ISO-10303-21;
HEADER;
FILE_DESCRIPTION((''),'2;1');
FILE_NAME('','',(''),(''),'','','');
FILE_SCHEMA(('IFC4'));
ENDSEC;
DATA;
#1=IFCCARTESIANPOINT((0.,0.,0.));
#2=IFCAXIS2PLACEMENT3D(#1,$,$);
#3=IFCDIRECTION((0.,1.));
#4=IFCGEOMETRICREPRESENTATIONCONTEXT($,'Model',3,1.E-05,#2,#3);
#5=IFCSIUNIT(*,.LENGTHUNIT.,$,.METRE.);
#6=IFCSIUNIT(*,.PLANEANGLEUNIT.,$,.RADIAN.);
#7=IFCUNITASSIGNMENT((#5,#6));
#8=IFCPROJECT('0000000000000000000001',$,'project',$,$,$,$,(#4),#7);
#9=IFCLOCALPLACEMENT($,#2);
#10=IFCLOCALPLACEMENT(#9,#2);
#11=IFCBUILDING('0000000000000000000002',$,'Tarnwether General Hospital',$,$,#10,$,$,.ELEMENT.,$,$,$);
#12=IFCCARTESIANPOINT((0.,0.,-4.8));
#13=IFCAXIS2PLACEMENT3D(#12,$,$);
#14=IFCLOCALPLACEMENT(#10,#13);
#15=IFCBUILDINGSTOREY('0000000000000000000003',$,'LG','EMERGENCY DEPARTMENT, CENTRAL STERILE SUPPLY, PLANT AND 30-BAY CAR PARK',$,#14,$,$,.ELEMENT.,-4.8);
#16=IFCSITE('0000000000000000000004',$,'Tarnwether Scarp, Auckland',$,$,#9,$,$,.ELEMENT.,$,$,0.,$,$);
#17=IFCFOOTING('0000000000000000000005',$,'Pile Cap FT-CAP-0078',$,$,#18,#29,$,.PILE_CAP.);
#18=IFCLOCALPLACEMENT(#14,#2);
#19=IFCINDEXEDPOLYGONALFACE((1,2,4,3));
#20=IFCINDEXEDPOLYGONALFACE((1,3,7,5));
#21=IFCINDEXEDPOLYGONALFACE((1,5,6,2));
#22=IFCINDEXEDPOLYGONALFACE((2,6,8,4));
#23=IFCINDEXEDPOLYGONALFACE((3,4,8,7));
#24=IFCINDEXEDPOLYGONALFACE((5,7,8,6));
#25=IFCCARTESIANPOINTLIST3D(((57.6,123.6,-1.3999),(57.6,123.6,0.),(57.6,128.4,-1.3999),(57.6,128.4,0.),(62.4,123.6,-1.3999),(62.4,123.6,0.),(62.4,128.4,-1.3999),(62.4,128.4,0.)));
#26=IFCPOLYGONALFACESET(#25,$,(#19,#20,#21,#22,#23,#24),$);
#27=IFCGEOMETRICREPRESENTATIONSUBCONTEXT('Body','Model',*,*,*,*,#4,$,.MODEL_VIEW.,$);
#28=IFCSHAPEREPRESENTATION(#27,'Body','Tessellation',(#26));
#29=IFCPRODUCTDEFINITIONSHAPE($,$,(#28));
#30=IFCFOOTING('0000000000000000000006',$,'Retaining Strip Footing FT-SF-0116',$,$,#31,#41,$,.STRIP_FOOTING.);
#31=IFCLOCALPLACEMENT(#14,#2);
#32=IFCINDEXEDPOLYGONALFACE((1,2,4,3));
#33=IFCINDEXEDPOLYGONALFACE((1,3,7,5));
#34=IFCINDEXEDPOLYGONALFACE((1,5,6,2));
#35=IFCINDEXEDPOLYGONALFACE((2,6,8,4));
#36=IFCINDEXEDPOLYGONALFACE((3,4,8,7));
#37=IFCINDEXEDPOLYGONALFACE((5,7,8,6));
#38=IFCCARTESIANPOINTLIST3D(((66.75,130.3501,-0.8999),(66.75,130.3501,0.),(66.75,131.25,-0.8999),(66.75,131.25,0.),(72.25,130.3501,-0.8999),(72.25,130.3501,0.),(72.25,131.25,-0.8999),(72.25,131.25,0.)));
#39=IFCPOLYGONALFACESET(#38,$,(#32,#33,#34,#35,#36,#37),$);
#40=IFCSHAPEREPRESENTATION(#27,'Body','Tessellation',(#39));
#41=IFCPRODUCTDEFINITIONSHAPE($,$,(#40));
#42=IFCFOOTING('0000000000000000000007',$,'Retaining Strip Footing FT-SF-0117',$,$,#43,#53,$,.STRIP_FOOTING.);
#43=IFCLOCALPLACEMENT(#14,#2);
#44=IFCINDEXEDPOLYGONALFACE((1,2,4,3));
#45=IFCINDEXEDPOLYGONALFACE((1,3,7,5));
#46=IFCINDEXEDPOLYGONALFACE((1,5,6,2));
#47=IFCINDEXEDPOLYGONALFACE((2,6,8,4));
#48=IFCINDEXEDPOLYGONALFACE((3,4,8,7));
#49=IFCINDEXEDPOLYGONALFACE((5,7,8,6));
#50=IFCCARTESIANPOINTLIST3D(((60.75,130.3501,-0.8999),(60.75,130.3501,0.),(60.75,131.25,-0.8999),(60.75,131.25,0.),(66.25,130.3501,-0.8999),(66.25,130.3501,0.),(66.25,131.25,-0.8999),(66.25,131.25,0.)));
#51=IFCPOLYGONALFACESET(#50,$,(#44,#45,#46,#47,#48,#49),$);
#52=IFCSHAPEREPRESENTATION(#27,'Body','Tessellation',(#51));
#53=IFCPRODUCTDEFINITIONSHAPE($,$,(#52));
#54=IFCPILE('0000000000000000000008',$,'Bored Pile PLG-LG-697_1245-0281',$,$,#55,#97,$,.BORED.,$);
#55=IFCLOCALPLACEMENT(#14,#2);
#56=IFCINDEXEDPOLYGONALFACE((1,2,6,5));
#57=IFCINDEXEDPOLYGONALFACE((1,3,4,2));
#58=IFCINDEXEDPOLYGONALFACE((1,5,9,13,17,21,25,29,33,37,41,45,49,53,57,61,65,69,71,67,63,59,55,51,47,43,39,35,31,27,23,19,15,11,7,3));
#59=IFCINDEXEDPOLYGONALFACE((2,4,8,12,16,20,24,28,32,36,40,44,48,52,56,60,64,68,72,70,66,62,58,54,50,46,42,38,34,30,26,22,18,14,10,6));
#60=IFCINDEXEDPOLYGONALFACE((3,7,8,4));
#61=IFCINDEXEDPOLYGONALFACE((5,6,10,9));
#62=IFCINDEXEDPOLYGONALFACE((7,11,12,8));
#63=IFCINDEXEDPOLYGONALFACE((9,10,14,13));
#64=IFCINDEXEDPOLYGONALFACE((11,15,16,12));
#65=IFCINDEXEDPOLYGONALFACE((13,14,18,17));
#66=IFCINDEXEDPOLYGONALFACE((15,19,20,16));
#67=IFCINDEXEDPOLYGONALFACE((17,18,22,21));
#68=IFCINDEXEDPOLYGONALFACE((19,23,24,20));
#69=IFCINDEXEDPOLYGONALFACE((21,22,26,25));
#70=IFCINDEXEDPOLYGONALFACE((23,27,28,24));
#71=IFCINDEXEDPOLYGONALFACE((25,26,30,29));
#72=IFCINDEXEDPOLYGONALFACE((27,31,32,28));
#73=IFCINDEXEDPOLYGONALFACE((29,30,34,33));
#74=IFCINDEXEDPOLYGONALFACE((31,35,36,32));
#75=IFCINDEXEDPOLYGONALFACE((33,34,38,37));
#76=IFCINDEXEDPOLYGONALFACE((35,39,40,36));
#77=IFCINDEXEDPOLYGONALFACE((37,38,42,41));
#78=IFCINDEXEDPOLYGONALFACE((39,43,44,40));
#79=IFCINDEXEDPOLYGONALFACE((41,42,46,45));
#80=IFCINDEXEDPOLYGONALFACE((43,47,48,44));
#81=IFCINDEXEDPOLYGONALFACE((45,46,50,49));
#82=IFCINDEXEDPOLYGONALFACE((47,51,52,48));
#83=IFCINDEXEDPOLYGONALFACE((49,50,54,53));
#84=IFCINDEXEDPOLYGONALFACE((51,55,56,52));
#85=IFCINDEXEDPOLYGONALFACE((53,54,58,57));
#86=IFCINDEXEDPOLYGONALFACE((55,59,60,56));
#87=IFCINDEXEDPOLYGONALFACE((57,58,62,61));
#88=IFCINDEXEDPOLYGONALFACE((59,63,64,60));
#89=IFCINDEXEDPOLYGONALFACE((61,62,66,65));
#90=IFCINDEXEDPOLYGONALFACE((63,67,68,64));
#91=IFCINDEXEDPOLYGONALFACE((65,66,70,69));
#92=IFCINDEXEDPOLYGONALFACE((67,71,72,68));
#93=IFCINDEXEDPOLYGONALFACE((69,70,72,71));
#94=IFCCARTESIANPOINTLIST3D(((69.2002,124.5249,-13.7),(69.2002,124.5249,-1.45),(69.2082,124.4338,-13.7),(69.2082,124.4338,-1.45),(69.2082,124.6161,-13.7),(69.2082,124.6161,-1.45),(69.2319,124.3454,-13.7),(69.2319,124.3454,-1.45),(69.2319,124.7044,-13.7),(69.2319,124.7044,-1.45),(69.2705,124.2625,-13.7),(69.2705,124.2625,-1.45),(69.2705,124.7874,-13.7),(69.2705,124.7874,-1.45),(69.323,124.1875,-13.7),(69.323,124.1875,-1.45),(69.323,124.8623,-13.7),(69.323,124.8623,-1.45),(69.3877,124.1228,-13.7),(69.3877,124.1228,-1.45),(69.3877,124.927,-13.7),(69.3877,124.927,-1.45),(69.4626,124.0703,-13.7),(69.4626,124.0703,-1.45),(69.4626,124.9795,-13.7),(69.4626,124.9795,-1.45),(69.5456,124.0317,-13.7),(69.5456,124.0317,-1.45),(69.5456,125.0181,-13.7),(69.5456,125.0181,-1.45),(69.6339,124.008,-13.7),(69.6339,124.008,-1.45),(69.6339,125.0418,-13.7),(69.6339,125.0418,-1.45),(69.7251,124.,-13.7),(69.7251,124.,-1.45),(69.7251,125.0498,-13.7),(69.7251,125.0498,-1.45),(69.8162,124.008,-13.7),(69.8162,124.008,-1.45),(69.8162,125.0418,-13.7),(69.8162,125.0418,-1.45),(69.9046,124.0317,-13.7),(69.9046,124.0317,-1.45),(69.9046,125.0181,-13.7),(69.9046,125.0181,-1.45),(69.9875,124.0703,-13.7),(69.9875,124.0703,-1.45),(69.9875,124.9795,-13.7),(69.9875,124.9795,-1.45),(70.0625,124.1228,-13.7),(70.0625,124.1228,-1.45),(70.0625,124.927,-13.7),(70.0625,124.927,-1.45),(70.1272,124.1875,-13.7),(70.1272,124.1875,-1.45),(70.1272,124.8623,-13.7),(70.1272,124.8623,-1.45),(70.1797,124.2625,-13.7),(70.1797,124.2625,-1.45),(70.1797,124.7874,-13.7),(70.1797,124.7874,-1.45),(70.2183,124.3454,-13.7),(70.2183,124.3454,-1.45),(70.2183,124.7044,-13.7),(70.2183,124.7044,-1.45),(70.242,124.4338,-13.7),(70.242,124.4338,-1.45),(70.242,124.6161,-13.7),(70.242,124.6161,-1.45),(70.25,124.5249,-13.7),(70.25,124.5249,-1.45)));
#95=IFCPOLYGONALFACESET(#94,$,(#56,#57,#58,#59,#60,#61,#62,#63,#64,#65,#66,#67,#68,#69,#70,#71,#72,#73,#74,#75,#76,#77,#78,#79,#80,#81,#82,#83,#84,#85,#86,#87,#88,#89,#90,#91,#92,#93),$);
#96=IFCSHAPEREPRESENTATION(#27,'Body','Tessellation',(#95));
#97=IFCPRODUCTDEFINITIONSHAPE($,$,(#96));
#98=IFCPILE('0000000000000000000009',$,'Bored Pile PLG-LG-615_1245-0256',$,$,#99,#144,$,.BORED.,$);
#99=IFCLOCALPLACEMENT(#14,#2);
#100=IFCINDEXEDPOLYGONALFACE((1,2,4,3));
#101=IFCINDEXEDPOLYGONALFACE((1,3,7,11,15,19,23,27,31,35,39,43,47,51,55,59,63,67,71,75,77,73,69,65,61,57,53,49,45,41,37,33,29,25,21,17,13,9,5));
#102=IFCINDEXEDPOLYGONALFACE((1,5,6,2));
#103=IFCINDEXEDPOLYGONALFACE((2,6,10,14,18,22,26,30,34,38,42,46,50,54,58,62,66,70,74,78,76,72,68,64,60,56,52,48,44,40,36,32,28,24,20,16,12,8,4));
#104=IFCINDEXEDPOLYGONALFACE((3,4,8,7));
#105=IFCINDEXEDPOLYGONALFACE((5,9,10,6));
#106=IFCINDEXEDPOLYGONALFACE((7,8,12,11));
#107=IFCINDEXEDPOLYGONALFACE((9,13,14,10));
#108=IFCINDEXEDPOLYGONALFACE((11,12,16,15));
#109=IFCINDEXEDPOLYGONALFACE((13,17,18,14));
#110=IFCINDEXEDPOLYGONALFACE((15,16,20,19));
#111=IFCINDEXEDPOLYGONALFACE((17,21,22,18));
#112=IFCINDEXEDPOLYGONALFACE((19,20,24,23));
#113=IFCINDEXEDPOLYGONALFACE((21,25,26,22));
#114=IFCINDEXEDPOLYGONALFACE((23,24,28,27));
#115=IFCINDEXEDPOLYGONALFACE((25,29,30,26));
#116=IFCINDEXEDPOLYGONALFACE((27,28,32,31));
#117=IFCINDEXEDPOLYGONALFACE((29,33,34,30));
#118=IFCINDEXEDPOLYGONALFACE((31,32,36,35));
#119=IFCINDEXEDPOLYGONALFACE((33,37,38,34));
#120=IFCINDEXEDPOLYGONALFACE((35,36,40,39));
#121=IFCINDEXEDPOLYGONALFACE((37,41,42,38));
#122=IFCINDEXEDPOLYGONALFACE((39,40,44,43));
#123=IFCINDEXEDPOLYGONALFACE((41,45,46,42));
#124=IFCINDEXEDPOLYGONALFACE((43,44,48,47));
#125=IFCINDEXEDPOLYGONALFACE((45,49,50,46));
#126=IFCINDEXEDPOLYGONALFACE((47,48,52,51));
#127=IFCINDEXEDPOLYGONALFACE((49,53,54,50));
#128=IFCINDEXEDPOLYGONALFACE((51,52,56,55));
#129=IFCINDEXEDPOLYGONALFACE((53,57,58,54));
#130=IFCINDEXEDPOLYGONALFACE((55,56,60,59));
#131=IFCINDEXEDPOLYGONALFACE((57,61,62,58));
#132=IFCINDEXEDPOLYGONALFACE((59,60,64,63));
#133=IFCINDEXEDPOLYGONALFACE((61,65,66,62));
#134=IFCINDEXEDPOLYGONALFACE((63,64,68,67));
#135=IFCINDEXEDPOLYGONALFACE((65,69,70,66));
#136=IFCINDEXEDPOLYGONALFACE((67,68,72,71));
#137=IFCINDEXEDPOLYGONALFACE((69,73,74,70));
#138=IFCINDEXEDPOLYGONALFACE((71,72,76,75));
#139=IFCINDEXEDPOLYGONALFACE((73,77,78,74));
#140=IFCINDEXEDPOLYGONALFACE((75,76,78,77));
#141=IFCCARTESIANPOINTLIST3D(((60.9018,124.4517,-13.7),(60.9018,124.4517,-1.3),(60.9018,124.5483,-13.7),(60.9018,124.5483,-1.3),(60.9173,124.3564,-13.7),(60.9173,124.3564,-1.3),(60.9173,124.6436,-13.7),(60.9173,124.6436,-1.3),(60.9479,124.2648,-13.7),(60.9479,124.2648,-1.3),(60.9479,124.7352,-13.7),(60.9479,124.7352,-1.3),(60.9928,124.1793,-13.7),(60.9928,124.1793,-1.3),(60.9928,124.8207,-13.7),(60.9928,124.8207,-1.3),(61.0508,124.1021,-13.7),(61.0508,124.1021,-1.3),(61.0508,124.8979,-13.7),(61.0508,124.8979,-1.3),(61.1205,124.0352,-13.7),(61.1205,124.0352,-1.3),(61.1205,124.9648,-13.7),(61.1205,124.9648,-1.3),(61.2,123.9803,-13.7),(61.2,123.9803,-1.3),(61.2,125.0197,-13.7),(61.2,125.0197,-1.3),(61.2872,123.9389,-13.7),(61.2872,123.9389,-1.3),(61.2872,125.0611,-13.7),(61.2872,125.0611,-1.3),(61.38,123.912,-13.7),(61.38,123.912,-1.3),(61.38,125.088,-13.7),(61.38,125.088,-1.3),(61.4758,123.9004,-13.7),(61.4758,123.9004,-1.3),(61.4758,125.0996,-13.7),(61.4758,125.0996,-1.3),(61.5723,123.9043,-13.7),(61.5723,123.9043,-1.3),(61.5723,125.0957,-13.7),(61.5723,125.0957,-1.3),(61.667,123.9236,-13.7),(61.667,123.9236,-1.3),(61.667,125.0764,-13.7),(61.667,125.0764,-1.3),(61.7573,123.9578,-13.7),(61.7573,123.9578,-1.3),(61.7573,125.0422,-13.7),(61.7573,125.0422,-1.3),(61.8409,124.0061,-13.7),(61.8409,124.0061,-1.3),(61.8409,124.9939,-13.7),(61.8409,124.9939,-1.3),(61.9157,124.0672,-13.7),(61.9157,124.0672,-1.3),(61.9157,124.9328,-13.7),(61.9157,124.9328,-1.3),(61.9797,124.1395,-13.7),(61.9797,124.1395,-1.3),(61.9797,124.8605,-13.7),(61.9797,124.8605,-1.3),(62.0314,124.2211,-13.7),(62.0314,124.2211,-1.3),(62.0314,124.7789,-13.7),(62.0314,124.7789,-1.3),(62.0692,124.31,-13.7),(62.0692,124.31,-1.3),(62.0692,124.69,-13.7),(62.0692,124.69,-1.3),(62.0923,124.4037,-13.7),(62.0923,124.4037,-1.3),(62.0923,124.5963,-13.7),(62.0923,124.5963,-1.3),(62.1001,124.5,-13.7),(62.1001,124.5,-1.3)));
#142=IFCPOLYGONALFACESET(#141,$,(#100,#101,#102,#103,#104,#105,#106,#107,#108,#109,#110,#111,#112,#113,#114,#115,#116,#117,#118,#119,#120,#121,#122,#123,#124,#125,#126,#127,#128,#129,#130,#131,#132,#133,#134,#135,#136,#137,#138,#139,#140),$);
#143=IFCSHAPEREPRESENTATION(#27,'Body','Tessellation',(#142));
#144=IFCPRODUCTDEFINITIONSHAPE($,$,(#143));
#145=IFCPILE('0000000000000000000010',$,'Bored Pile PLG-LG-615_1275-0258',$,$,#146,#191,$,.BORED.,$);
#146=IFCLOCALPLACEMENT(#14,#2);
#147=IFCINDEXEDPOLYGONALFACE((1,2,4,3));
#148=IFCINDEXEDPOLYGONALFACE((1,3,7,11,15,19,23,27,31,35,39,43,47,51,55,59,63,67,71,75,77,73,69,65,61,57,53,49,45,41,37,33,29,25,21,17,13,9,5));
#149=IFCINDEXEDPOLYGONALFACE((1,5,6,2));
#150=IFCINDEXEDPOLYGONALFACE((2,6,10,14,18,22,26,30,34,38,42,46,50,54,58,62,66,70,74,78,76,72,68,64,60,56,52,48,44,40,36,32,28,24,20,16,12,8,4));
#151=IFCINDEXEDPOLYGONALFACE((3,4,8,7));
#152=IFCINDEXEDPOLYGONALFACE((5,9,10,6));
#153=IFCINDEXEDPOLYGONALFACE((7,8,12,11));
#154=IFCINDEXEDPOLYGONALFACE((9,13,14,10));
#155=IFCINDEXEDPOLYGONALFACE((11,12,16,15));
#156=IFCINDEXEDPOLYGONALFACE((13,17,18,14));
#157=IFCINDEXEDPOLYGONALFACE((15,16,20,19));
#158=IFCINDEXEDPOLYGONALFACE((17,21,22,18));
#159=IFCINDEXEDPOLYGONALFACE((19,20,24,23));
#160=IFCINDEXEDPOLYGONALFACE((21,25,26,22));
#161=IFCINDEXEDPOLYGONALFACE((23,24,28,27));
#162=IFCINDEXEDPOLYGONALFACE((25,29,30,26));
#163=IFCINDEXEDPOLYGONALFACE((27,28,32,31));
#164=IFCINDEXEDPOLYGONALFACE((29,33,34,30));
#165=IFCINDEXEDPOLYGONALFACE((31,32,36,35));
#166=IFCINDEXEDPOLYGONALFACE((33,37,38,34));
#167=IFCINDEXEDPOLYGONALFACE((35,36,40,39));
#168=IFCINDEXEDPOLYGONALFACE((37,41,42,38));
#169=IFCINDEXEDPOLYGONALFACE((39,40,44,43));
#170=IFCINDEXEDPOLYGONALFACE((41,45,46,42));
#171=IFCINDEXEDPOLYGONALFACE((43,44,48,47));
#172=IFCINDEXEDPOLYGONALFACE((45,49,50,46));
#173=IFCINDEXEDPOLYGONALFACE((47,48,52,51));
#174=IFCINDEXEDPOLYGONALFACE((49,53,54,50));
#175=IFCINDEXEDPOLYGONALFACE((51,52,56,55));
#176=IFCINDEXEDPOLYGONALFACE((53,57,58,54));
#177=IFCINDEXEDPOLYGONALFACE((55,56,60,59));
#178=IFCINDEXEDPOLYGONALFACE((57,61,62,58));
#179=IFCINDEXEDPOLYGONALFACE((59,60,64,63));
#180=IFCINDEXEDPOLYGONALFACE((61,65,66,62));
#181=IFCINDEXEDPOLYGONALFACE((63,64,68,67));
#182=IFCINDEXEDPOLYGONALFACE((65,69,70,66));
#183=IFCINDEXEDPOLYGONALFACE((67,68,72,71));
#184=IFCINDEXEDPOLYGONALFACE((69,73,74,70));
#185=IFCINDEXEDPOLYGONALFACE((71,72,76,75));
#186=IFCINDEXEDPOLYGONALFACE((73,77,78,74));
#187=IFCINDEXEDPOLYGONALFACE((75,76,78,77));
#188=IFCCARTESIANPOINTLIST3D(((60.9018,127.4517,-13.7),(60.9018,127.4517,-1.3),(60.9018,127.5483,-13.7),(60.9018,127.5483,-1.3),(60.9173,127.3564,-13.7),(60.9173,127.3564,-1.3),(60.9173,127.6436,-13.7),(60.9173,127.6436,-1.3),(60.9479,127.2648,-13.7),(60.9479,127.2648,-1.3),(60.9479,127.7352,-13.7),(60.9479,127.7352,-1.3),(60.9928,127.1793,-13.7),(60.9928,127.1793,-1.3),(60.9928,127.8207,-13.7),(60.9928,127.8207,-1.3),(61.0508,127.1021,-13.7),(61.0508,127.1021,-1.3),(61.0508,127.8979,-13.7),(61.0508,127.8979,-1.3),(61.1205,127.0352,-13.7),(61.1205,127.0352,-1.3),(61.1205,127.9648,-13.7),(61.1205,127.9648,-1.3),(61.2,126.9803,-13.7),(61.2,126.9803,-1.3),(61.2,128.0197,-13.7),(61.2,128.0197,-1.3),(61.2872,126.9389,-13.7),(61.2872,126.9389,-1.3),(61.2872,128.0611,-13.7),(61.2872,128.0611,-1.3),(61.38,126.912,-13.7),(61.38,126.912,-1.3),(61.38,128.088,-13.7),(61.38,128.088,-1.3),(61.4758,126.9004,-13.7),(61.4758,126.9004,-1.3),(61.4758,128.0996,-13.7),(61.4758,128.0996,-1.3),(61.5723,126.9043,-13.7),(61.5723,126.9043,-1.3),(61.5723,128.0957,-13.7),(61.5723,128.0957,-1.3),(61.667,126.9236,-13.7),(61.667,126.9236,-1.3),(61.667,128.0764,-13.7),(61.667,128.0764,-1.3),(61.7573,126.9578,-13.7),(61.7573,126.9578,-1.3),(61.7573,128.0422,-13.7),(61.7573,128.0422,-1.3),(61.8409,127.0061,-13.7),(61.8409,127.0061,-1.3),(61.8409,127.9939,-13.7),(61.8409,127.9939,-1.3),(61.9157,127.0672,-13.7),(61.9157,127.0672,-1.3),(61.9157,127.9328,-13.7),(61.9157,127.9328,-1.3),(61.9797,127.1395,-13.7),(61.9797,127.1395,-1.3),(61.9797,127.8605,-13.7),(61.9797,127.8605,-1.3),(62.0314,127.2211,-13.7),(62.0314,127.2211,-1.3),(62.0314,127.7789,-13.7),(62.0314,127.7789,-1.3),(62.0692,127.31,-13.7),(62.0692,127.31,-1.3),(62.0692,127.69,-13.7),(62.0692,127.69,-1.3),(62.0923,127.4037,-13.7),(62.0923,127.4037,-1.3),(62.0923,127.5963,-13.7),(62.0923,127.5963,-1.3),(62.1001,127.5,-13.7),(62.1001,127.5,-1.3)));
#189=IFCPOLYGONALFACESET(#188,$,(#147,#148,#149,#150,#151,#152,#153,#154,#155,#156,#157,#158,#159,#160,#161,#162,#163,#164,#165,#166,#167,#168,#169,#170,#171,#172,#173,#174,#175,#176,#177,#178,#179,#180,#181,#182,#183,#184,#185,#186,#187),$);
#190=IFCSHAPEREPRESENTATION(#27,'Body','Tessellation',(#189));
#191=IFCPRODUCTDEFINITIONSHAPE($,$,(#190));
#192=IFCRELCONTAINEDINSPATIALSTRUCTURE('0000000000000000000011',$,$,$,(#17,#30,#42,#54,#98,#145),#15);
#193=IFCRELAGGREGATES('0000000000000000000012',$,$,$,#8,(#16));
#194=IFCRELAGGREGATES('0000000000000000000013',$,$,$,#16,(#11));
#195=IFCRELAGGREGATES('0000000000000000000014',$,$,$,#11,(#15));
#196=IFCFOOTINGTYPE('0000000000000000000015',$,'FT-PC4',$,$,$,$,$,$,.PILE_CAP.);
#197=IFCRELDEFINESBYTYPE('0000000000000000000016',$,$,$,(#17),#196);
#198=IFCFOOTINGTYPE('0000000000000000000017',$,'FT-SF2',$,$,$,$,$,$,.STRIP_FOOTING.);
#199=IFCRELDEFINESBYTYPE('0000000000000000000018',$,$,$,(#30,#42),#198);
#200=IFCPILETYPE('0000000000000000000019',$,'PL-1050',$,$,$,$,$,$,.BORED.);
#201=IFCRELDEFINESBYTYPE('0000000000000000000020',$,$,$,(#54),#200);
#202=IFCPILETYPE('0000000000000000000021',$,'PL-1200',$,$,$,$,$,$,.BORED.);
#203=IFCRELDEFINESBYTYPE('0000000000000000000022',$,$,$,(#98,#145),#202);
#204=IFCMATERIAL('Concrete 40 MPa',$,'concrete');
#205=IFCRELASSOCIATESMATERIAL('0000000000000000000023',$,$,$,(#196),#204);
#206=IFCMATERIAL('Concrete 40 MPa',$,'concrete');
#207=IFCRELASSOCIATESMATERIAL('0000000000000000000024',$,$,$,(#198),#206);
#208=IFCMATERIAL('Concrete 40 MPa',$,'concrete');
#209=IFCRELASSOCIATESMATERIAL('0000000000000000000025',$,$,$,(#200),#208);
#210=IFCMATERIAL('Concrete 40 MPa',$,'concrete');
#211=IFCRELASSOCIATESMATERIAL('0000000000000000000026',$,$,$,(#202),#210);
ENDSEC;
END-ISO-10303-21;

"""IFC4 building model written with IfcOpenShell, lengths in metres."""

from ifc_helpers import new_model, si_unit, direction, frame, origin, origin_2d, place, context, subcontext, project, spatial, rectangle, circle, extrude, material, material_profile, profile_set, type_object, element, save


model = new_model("IFC4")

# Units and contexts
model_context = context("Model", 3, precision=1e-05, world=origin(), true_north=direction((0.0, 1.0)))
body_context = subcontext(model_context, "Body", "Model", "MODEL_VIEW")
ifc_project = project(units=[si_unit("LENGTHUNIT", "METRE"), si_unit("PLANEANGLEUNIT", "RADIAN")], contexts=[model_context])

# Site, building, storey
site_placement = place(None, origin())
site = spatial("IfcSite", under=ifc_project, at=site_placement, Name="Tarnwether Scarp, Auckland", CompositionType="ELEMENT", RefElevation=0.0)
building_placement = place(site_placement, origin())
building = spatial("IfcBuilding", under=site, at=building_placement, Name="Tarnwether General Hospital", CompositionType="ELEMENT")
storey_placement = place(building_placement, frame((0.0, 0.0, -4.8)))
storey = spatial("IfcBuildingStorey", under=building, at=storey_placement, Name="LG", Description="EMERGENCY DEPARTMENT, CENTRAL STERILE SUPPLY, PLANT AND 30-BAY CAR PARK", CompositionType="ELEMENT", Elevation=-4.8)

# Footings
ifc_material_1 = material(Name="Concrete 40 MPa", Category="concrete")
footing_type_1 = type_object("IfcFootingType", Name="FT-PC4", PredefinedType="PILE_CAP", material=ifc_material_1)
footing_placement = place(storey_placement, frame((60.0, 126.0, -1.3999), z_axis=(0.0, 0.0, 1.0), x_axis=(0.0, 1.0, 0.0)))
element("IfcFooting", 1, at=footing_placement, inside=storey, type_object=footing_type_1, Name="Pile Cap FT-CAP-0078", PredefinedType="PILE_CAP", context=body_context, shape_type="SweptSolid", body=[
    extrude(rectangle(XDim=4.8, YDim=4.8, at=origin_2d()), origin(), (0.0, 0.0, 1.0), 1.3999),
])
ifc_material_2 = material(Name="Concrete 40 MPa", Category="concrete")
footing_type_2 = type_object("IfcFootingType", Name="FT-SF2", PredefinedType="STRIP_FOOTING", material=ifc_material_2)
for number, where, z_axis, x_axis, name in (
    (2, (69.5, 130.8, -0.8999), (0.0, 0.0, 1.0), (-1.0, 0.0, 0.0), "Retaining Strip Footing FT-SF-0116"),
    (3, (63.5, 130.8, -0.8999), (0.0, 0.0, 1.0), (-1.0, 0.0, 0.0), "Retaining Strip Footing FT-SF-0117"),
):
    element("IfcFooting", number, at=place(storey_placement, frame(where, z_axis=z_axis, x_axis=x_axis)), inside=storey, type_object=footing_type_2, Name=name, PredefinedType="STRIP_FOOTING", context=body_context, shape_type="SweptSolid", body=[
        extrude(rectangle(XDim=5.5, YDim=0.8999, at=origin_2d()), origin(), (0.0, 0.0, 1.0), 0.8999),
    ])

# Piles
ifc_material_3 = material(Name="Concrete 40 MPa", Category="concrete")
ifc_material_profile_1 = material_profile(ifc_material_3, circle(Radius=0.5249, at=origin_2d()), Name="PILE-D1050")
ifc_profile_set_1 = profile_set([ifc_material_profile_1], Name="Concrete 40 MPa")
pile_type_1 = type_object("IfcPileType", Name="PL-1050", PredefinedType="BORED", material=ifc_profile_set_1)
pile_1_placement = place(storey_placement, frame((69.7251, 124.5249, -1.45), z_axis=(0.0, 0.0, -1.0), x_axis=(1.0, 0.0, 0.0)))
element("IfcPile", 4, at=pile_1_placement, inside=storey, type_object=pile_type_1, Name="Bored Pile PLG-LG-697_1245-0281", PredefinedType="BORED", context=body_context, shape_type="SweptSolid", body=[
    extrude(circle(Radius=0.5249, at=origin_2d()), origin(), (0.0, 0.0, 1.0), 12.25),
])
ifc_material_4 = material(Name="Concrete 40 MPa", Category="concrete")
ifc_material_profile_2 = material_profile(ifc_material_4, circle(Radius=0.6001, at=origin_2d()), Name="PILE-D1200")
ifc_profile_set_2 = profile_set([ifc_material_profile_2], Name="Concrete 40 MPa")
pile_type_2 = type_object("IfcPileType", Name="PL-1200", PredefinedType="BORED", material=ifc_profile_set_2)
for number, where, z_axis, x_axis, name in (
    (5, (61.5, 124.5, -1.3), (0.0, 0.0, -1.0), (1.0, 0.0, 0.0), "Bored Pile PLG-LG-615_1245-0256"),
    (6, (61.5, 127.5, -1.3), (0.0, 0.0, -1.0), (1.0, 0.0, 0.0), "Bored Pile PLG-LG-615_1275-0258"),
):
    element("IfcPile", number, at=place(storey_placement, frame(where, z_axis=z_axis, x_axis=x_axis)), inside=storey, type_object=pile_type_2, Name=name, PredefinedType="BORED", context=body_context, shape_type="SweptSolid", body=[
        extrude(circle(Radius=0.6001, at=origin_2d()), origin(), (0.0, 0.0, 1.0), 12.3999),
    ])

save(model, "model.ifc")
